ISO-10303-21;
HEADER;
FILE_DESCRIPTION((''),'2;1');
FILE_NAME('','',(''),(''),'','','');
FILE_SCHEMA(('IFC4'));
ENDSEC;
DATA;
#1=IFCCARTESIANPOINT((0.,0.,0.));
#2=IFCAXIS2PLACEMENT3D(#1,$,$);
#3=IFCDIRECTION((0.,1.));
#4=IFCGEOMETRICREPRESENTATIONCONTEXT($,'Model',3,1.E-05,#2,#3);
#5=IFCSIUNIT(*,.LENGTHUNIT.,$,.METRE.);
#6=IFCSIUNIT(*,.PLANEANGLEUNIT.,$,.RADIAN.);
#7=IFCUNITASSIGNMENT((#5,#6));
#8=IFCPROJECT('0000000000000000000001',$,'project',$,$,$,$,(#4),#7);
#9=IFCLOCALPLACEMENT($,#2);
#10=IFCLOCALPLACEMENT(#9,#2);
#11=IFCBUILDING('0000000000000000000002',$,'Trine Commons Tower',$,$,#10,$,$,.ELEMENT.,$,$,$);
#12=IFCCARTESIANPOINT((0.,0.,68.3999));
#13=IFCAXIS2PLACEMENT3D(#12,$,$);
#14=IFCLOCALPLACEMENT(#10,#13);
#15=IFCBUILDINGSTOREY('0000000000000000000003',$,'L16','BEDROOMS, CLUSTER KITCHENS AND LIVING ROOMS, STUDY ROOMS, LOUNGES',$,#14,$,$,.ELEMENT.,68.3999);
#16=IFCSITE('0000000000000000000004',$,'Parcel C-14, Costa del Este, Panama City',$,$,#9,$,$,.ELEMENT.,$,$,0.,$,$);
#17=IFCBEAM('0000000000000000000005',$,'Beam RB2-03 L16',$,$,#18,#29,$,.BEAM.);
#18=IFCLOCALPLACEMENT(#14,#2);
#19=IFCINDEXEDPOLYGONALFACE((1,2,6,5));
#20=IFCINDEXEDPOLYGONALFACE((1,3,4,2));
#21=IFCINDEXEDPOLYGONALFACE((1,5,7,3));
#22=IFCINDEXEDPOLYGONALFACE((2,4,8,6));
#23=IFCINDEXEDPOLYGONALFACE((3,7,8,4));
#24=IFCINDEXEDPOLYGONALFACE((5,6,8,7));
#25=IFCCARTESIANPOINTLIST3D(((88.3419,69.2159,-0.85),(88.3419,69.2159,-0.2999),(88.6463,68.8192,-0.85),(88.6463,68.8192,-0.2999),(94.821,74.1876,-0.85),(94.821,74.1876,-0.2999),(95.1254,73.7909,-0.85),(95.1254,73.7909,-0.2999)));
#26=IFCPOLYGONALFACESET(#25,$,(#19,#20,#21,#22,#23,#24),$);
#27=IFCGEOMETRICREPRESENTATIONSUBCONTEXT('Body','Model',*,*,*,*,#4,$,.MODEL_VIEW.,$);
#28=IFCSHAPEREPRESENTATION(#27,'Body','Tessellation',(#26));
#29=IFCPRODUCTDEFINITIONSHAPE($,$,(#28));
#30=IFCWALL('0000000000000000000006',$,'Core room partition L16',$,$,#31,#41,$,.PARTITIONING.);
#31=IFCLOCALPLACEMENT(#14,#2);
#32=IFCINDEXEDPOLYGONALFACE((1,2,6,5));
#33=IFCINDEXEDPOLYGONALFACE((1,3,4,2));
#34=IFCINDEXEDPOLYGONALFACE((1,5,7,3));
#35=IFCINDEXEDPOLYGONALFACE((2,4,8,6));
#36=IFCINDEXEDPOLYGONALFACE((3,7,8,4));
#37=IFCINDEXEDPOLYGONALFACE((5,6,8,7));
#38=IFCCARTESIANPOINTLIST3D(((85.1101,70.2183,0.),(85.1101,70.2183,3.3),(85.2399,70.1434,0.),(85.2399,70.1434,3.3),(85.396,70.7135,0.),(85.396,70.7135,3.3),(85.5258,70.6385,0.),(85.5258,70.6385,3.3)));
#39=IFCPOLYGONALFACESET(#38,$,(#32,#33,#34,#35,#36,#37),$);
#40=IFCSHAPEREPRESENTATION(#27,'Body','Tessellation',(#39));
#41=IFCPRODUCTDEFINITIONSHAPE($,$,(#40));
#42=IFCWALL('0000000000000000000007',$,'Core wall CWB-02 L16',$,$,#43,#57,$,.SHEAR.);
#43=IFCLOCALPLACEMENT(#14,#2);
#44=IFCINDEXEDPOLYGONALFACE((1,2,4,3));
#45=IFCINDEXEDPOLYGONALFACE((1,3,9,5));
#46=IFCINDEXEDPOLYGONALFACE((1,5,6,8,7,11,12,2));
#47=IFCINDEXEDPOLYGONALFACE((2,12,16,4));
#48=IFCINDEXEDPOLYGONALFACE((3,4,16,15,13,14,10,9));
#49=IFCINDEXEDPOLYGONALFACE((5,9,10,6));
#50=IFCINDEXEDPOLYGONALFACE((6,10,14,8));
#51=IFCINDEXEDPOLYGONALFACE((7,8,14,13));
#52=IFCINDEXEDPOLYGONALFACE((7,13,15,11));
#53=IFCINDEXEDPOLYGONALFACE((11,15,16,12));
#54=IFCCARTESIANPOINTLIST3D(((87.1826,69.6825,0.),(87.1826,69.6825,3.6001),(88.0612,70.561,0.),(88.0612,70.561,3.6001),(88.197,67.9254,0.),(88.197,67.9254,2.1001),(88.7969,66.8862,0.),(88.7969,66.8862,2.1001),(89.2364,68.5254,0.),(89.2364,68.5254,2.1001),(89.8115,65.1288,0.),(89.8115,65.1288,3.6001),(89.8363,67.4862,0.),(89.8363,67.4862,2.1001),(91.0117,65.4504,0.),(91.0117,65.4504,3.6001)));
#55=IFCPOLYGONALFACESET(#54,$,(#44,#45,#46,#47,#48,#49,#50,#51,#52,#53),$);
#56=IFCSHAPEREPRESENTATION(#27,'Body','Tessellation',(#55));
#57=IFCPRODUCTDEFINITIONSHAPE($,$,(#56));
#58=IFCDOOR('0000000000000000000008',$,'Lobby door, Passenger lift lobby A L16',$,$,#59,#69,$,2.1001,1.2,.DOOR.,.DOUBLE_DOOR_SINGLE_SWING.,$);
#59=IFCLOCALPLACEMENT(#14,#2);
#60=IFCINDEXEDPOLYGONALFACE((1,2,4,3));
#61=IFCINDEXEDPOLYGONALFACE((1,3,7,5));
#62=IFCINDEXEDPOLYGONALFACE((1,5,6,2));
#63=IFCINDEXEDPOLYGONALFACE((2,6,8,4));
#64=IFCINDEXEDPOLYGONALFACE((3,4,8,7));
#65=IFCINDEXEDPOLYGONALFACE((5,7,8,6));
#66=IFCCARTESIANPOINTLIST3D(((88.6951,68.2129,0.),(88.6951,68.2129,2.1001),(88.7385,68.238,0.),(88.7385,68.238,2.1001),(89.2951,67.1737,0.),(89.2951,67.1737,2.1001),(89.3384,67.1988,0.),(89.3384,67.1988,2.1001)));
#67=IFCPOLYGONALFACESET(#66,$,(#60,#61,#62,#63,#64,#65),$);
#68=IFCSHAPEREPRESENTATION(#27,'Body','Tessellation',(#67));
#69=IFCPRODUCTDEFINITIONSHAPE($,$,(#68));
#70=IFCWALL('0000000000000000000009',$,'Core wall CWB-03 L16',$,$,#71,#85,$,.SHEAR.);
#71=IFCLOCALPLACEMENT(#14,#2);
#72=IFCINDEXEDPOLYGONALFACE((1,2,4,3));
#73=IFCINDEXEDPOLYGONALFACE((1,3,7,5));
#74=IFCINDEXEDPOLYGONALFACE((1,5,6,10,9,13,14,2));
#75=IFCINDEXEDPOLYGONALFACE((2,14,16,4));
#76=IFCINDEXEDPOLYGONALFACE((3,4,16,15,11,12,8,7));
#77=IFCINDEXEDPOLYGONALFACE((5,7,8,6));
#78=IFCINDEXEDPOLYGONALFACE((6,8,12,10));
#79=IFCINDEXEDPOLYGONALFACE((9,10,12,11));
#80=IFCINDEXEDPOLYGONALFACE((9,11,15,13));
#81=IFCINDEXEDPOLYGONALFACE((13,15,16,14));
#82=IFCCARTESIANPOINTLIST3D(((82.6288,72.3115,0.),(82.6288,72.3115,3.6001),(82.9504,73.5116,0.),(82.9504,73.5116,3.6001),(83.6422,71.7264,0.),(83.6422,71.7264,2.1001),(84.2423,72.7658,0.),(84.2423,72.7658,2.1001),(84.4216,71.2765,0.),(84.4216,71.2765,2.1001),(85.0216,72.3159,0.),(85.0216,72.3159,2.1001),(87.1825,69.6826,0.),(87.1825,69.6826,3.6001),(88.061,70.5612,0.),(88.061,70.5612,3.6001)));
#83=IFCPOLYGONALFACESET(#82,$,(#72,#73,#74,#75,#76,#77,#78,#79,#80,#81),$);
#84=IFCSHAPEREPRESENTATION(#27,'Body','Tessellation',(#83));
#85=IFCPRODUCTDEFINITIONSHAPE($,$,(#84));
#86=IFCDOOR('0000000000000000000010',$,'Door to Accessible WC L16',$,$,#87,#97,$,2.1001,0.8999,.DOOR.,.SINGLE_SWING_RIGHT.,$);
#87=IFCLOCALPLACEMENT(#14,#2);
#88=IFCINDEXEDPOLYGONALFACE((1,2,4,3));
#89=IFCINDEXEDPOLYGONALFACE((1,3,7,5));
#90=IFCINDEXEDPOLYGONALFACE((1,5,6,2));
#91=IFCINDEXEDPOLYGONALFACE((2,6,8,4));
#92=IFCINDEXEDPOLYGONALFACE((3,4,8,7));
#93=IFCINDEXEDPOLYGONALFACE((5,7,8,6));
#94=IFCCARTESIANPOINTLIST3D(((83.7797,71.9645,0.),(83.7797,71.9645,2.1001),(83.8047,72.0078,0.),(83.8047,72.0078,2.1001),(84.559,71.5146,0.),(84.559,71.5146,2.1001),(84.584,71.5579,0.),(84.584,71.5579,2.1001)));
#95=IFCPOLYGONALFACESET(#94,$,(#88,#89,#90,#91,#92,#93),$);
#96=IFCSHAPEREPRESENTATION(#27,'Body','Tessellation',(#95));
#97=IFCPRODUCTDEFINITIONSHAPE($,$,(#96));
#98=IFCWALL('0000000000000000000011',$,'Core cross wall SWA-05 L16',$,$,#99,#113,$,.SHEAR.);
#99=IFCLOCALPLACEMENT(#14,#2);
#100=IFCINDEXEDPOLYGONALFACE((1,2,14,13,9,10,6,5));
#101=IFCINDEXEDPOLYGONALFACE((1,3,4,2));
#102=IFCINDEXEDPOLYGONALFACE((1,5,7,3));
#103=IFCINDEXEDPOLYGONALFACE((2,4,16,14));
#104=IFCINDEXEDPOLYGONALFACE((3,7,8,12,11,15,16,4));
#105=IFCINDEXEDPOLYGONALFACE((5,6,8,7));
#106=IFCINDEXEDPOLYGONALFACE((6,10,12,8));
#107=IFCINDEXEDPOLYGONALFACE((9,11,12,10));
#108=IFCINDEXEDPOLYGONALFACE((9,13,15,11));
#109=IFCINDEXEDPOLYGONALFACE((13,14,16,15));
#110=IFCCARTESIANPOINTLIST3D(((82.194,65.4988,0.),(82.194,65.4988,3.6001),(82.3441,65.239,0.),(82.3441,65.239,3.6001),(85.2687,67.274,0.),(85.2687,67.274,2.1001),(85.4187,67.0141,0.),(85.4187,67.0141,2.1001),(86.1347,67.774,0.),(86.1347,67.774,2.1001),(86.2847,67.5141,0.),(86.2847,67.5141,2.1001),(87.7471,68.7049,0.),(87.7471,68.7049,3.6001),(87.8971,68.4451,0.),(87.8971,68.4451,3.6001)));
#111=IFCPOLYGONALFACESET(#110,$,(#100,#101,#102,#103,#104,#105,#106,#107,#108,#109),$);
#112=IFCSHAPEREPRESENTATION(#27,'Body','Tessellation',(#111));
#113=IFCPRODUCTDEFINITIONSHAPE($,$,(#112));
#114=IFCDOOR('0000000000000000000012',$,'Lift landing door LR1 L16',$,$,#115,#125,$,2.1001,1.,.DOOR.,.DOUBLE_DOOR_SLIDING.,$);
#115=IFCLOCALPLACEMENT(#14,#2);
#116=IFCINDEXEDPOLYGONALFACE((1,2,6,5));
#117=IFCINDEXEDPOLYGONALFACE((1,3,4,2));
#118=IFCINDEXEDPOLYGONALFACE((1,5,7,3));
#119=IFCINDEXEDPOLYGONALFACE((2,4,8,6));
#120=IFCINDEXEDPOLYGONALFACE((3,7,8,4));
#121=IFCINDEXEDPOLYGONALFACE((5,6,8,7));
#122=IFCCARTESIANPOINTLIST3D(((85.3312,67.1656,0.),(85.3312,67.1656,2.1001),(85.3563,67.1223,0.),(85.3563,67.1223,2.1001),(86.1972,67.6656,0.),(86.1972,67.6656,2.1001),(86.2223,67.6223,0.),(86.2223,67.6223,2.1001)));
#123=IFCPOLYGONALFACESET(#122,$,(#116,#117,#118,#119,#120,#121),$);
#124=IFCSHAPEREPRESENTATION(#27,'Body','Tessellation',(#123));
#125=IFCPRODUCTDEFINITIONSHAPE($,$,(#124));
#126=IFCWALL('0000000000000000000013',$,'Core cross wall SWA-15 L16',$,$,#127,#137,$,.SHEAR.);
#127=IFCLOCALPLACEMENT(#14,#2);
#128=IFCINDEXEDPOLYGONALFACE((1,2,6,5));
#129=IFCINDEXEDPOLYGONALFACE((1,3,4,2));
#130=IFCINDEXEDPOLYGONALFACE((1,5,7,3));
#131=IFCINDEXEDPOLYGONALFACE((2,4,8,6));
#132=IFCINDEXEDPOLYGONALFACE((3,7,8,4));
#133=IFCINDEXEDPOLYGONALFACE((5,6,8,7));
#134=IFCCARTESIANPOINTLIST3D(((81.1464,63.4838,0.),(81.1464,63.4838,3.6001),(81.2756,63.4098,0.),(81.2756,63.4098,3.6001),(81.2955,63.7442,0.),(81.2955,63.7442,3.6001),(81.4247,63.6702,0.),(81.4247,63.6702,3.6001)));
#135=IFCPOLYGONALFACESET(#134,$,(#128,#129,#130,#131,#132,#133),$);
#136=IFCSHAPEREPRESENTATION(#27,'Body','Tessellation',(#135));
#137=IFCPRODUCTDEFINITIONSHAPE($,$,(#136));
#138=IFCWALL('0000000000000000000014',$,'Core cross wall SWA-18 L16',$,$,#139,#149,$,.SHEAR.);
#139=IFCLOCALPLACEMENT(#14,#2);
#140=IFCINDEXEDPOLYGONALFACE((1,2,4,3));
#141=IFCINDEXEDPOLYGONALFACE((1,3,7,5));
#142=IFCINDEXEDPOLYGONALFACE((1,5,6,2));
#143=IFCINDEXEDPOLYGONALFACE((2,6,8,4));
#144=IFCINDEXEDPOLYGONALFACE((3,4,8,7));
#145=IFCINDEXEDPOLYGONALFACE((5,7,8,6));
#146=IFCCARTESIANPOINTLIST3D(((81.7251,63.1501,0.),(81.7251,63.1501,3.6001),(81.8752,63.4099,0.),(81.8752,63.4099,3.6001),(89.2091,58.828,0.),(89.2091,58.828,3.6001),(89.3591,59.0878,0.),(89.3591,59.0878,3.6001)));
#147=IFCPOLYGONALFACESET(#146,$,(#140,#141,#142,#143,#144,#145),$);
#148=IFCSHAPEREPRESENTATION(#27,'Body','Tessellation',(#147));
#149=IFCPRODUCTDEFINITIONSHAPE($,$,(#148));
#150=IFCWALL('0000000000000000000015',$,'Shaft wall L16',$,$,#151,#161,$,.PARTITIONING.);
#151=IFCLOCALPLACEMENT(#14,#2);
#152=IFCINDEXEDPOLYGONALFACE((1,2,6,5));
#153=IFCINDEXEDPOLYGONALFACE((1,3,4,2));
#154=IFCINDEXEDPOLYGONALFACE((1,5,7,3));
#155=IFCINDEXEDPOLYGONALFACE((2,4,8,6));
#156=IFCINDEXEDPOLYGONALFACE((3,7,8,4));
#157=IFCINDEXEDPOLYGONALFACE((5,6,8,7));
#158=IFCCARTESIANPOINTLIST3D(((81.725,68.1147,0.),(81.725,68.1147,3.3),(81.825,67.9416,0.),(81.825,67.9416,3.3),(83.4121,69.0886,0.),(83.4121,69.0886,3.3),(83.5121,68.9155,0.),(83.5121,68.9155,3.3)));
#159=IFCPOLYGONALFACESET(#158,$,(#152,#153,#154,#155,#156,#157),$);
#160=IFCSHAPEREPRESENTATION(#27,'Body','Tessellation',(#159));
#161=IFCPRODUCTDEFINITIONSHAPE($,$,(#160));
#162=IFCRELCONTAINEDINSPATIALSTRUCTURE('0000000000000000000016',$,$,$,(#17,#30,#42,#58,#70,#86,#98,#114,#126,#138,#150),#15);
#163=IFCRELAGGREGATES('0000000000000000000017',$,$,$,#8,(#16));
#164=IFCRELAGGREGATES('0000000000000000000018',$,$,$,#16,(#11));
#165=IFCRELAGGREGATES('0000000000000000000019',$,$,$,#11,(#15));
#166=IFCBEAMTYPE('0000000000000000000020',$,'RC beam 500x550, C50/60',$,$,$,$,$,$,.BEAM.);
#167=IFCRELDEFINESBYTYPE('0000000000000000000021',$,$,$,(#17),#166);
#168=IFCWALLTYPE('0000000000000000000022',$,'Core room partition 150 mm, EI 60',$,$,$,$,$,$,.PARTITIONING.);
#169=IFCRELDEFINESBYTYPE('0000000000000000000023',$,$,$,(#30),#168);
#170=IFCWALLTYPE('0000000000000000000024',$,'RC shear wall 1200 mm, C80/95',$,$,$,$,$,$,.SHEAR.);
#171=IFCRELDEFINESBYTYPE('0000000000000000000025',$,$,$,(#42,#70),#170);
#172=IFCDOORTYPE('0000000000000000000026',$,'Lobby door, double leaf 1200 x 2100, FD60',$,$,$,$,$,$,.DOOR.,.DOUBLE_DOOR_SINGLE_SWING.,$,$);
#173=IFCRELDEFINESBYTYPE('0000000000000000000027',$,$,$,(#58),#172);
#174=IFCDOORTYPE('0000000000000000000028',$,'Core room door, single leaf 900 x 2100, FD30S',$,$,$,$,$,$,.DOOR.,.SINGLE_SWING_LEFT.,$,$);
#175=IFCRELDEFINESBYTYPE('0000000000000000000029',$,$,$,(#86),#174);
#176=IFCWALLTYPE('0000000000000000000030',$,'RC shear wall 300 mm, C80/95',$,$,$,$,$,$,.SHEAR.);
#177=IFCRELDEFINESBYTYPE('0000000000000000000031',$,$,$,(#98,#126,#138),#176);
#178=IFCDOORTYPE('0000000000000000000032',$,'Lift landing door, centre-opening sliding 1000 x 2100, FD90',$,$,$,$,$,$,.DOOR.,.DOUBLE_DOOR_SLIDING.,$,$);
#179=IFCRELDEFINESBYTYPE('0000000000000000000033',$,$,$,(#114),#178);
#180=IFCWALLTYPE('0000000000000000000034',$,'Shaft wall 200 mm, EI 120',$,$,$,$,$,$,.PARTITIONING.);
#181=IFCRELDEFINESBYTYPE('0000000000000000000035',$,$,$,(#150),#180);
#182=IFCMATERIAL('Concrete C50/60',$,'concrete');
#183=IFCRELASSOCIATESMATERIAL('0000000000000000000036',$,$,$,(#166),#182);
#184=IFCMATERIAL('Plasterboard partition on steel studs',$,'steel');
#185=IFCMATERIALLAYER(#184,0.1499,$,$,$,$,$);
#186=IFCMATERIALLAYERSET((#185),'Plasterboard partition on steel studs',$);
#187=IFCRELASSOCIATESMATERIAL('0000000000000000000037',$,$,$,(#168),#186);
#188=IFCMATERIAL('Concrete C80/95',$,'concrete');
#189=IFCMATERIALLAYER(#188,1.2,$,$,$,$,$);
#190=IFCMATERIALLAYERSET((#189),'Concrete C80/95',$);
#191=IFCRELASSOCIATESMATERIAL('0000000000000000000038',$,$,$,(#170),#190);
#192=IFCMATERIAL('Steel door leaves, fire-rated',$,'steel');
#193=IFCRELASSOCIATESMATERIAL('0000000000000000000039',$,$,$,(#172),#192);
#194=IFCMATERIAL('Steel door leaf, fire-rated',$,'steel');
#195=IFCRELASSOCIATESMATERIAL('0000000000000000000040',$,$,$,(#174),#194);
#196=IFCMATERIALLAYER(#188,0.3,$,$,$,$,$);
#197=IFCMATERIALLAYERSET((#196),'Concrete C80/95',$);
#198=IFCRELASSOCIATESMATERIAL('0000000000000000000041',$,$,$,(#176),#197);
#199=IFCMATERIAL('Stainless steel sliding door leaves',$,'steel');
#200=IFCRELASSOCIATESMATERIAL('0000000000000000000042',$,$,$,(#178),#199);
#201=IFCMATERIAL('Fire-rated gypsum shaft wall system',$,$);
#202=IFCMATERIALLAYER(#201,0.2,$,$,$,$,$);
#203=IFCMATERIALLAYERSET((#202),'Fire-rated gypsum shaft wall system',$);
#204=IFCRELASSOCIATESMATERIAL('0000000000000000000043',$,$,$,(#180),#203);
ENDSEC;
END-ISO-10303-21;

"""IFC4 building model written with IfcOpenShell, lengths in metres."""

from ifc_helpers import new_model, si_unit, direction, frame, frame_2d, origin, origin_2d, place, context, subcontext, project, spatial, polyline, rectangle, outline, extrude, material, layer, layer_set, material_profile, profile_set, type_object, element, fill, save


model = new_model("IFC4")

# Units and contexts
model_context = context("Model", 3, precision=1e-05, world=origin(), true_north=direction((0.0, 1.0)))
body_context = subcontext(model_context, "Body", "Model", "MODEL_VIEW")
ifc_project = project(units=[si_unit("LENGTHUNIT", "METRE"), si_unit("PLANEANGLEUNIT", "RADIAN")], contexts=[model_context])

# Site, building, storey
site_placement = place(None, origin())
site = spatial("IfcSite", under=ifc_project, at=site_placement, Name="Parcel C-14, Costa del Este, Panama City", CompositionType="ELEMENT", RefElevation=0.0)
building_placement = place(site_placement, origin())
building = spatial("IfcBuilding", under=site, at=building_placement, Name="Trine Commons Tower", CompositionType="ELEMENT")
storey_placement = place(building_placement, frame((0.0, 0.0, 68.3999)))
storey = spatial("IfcBuildingStorey", under=building, at=storey_placement, Name="L16", Description="BEDROOMS, CLUSTER KITCHENS AND LIVING ROOMS, STUDY ROOMS, LOUNGES", CompositionType="ELEMENT", Elevation=68.3999)

# Beam
ifc_material_1 = material(Name="Concrete C50/60", Category="concrete")
ifc_material_profile = material_profile(ifc_material_1, rectangle(XDim=0.5, YDim=0.55, at=origin_2d()), Name="RC 500x550")
ifc_profile_set = profile_set([ifc_material_profile], Name="Concrete C50/60")
beam_type = type_object("IfcBeamType", Name="RC beam 500x550, C50/60", PredefinedType="BEAM", material=ifc_profile_set)
beam_placement = place(storey_placement, frame((88.4941, 69.0176, -0.575), z_axis=(0.793344, 0.608774, 0.0), x_axis=(-0.608774, 0.793344, 0.0)))
element("IfcBeam", 1, at=beam_placement, inside=storey, type_object=beam_type, Name="Beam RB2-03 L16", PredefinedType="BEAM", context=body_context, shape_type="SweptSolid", body=[
    extrude(rectangle(XDim=0.5, YDim=0.55, at=origin_2d()), origin(), (0.0, 0.0, 1.0), 8.1667),
])

# Wall
ifc_material_2 = material(Name="Plasterboard partition on steel studs", Category="steel")
ifc_layer_1 = layer(ifc_material_2, 0.1499)
ifc_layer_set_1 = layer_set([ifc_layer_1], Name="Plasterboard partition on steel studs")
wall_type_1 = type_object("IfcWallType", Name="Core room partition 150 mm, EI 60", PredefinedType="PARTITIONING", material=ifc_layer_set_1)
wall_1_placement = place(storey_placement, frame((85.4609, 70.676, 0.0), z_axis=(0.0, 0.0, 1.0), x_axis=(-0.500043, -0.866001, 0.0)))
element("IfcWall", 2, at=wall_1_placement, inside=storey, type_object=wall_type_1, Name="Core room partition L16", PredefinedType="PARTITIONING", context=body_context, shape_type="SweptSolid", body=[
    extrude(rectangle(XDim=0.5718, YDim=0.1499, at=frame_2d((0.2859, 0.0))), origin(), (0.0, 0.0, 1.0), 3.3),
])

# Walls, openings, doors
ifc_material_3 = material(Name="Concrete C80/95", Category="concrete")
ifc_layer_2 = layer(ifc_material_3, 1.2)
ifc_layer_set_2 = layer_set([ifc_layer_2], Name="Concrete C80/95")
wall_type_2 = type_object("IfcWallType", Name="RC shear wall 1200 mm, C80/95", PredefinedType="SHEAR", material=ifc_layer_set_2)
wall_2_placement = place(storey_placement, frame((90.4919, 65.1504, 0.0), z_axis=(0.0, 0.0, 1.0), x_axis=(-0.499979, 0.866037, 0.0)))
wall_2 = element("IfcWall", 3, at=wall_2_placement, inside=storey, type_object=wall_type_2, Name="Core wall CWB-02 L16", PredefinedType="SHEAR", context=body_context, shape_type="SweptSolid", body=[
    extrude(outline(polyline([(0.0, -0.6001), (5.9011, -0.6001), (5.5796, 0.6001), (0.3215, 0.6001), (0.0, -0.6001)])), origin(), (0.0, 0.0, 1.0), 3.6001),
])
opening_1_placement = place(wall_2_placement, frame((2.3506, 0.0, 0.0)))
opening_1 = element("IfcOpeningElement", 4, at=opening_1_placement, cuts=wall_2, PredefinedType="OPENING", context=body_context, shape_type="SweptSolid", body=[
    extrude(rectangle(XDim=1.2, YDim=2.1001, at=frame_2d((0.6001, 1.05))), frame((0.0, 0.6099, 0.0), z_axis=(0.0, -1.0, 0.0), x_axis=(1.0, 0.0, 0.0)), (0.0, 0.0, 1.0), 1.22),
])
ifc_material_4 = material(Name="Steel door leaves, fire-rated", Category="steel")
door_type_1 = type_object("IfcDoorType", Name="Lobby door, double leaf 1200 x 2100, FD60", OperationType="DOUBLE_DOOR_SINGLE_SWING", PredefinedType="DOOR", material=ifc_material_4)
door_1_placement = place(opening_1_placement, origin())
door_1 = element("IfcDoor", 5, at=door_1_placement, inside=storey, type_object=door_type_1, Name="Lobby door, Passenger lift lobby A L16", OperationType="DOUBLE_DOOR_SINGLE_SWING", OverallHeight=2.1001, OverallWidth=1.2, PredefinedType="DOOR", context=body_context, shape_type="SweptSolid", body=[
    extrude(rectangle(XDim=1.2, YDim=2.1001, at=frame_2d((0.6001, 1.05))), frame((0.0, 0.0249, 0.0), z_axis=(0.0, -1.0, 0.0), x_axis=(1.0, 0.0, 0.0)), (0.0, 0.0, 1.0), 0.05),
])
fill(opening_1, door_1)
wall_3_placement = place(storey_placement, frame((87.761, 70.0415, 0.0), z_axis=(0.0, 0.0, 1.0), x_axis=(-0.866037, 0.499979, 0.0)))
wall_3 = element("IfcWall", 6, at=wall_3_placement, inside=storey, type_object=wall_type_2, Name="Core wall CWB-03 L16", PredefinedType="SHEAR", context=body_context, shape_type="SweptSolid", body=[
    extrude(outline(polyline([(0.0, -0.6001), (5.9011, -0.6001), (5.5796, 0.6001), (0.3215, 0.6001), (0.0, -0.6001)])), origin(), (0.0, 0.0, 1.0), 3.6001),
])
opening_2_placement = place(wall_3_placement, frame((3.5095, 0.0, 0.0)))
opening_2 = element("IfcOpeningElement", 7, at=opening_2_placement, cuts=wall_3, PredefinedType="OPENING", context=body_context, shape_type="SweptSolid", body=[
    extrude(rectangle(XDim=0.8999, YDim=2.1001, at=frame_2d((0.45, 1.05))), frame((0.0, 0.6099, 0.0), z_axis=(0.0, -1.0, 0.0), x_axis=(1.0, 0.0, 0.0)), (0.0, 0.0, 1.0), 1.22),
])
ifc_material_5 = material(Name="Steel door leaf, fire-rated", Category="steel")
door_type_2 = type_object("IfcDoorType", Name="Core room door, single leaf 900 x 2100, FD30S", OperationType="SINGLE_SWING_LEFT", PredefinedType="DOOR", material=ifc_material_5)
door_2_placement = place(opening_2_placement, origin())
door_2 = element("IfcDoor", 8, at=door_2_placement, inside=storey, type_object=door_type_2, Name="Door to Accessible WC L16", OperationType="SINGLE_SWING_RIGHT", OverallHeight=2.1001, OverallWidth=0.8999, PredefinedType="DOOR", context=body_context, shape_type="SweptSolid", body=[
    extrude(rectangle(XDim=0.8999, YDim=2.1001, at=frame_2d((0.45, 1.05))), frame((0.0, 0.3252, 0.0), z_axis=(0.0, -1.0, 0.0), x_axis=(1.0, 0.0, 0.0)), (0.0, 0.0, 1.0), 0.05),
])
fill(opening_2, door_2)
ifc_layer_3 = layer(ifc_material_3, 0.3)
ifc_layer_set_3 = layer_set([ifc_layer_3], Name="Concrete C80/95")
wall_type_3 = type_object("IfcWallType", Name="RC shear wall 300 mm, C80/95", PredefinedType="SHEAR", material=ifc_layer_set_3)
wall_4_placement = place(storey_placement, frame((82.269, 65.3689, 0.0), z_axis=(0.0, 0.0, 1.0), x_axis=(0.866023, 0.500005, 0.0)))
wall_4 = element("IfcWall", 9, at=wall_4_placement, inside=storey, type_object=wall_type_3, Name="Core cross wall SWA-05 L16", PredefinedType="SHEAR", context=body_context, shape_type="SweptSolid", body=[
    extrude(rectangle(XDim=6.4121, YDim=0.3, at=frame_2d((3.2061, 0.0))), origin(), (0.0, 0.0, 1.0), 3.6001),
])
opening_3_placement = place(wall_4_placement, frame((3.5503, 0.0, 0.0)))
opening_3 = element("IfcOpeningElement", 10, at=opening_3_placement, cuts=wall_4, PredefinedType="OPENING", context=body_context, shape_type="SweptSolid", body=[
    extrude(rectangle(XDim=1.0, YDim=2.1001, at=frame_2d((0.5, 1.05))), frame((0.0, 0.1599, 0.0), z_axis=(0.0, -1.0, 0.0), x_axis=(1.0, 0.0, 0.0)), (0.0, 0.0, 1.0), 0.3201),
])
ifc_material_6 = material(Name="Stainless steel sliding door leaves", Category="steel")
door_type_3 = type_object("IfcDoorType", Name="Lift landing door, centre-opening sliding 1000 x 2100, FD90", OperationType="DOUBLE_DOOR_SLIDING", PredefinedType="DOOR", material=ifc_material_6)
door_3_placement = place(opening_3_placement, origin())
door_3 = element("IfcDoor", 11, at=door_3_placement, inside=storey, type_object=door_type_3, Name="Lift landing door LR1 L16", OperationType="DOUBLE_DOOR_SLIDING", OverallHeight=2.1001, OverallWidth=1.0, PredefinedType="DOOR", context=body_context, shape_type="SweptSolid", body=[
    extrude(rectangle(XDim=1.0, YDim=2.1001, at=frame_2d((0.5, 1.05))), frame((0.0, 0.0249, 0.0), z_axis=(0.0, -1.0, 0.0), x_axis=(1.0, 0.0, 0.0)), (0.0, 0.0, 1.0), 0.05),
])
fill(opening_3, door_3)

# Walls
wall_5_placement = place(storey_placement, frame((81.2209, 63.614, 0.0), z_axis=(0.0, 0.0, 1.0), x_axis=(0.867738, -0.497022, 0.0)))
element("IfcWall", 12, at=wall_5_placement, inside=storey, type_object=wall_type_3, Name="Core cross wall SWA-15 L16", PredefinedType="SHEAR", context=body_context, shape_type="SweptSolid", body=[
    extrude(rectangle(XDim=0.1489, YDim=0.3, at=frame_2d((0.0745, 0.0))), origin(), (0.0, 0.0, 1.0), 3.6001),
])
wall_6_placement = place(storey_placement, frame((81.8, 63.28, 0.0), z_axis=(0.0, 0.0, 1.0), x_axis=(0.865965, -0.500104, 0.0)))
element("IfcWall", 13, at=wall_6_placement, inside=storey, type_object=wall_type_3, Name="Core cross wall SWA-18 L16", PredefinedType="SHEAR", context=body_context, shape_type="SweptSolid", body=[
    extrude(rectangle(XDim=8.6423, YDim=0.3, at=frame_2d((4.3213, 0.0))), origin(), (0.0, 0.0, 1.0), 3.6001),
])
ifc_material_7 = material(Name="Fire-rated gypsum shaft wall system")
ifc_layer_4 = layer(ifc_material_7, 0.2)
ifc_layer_set_4 = layer_set([ifc_layer_4], Name="Fire-rated gypsum shaft wall system")
wall_type_4 = type_object("IfcWallType", Name="Shaft wall 200 mm, EI 120", PredefinedType="PARTITIONING", material=ifc_layer_set_4)
wall_7_placement = place(storey_placement, frame((81.7749, 68.0281, 0.0), z_axis=(0.0, 0.0, 1.0), x_axis=(0.866052, 0.499954, 0.0)))
element("IfcWall", 14, at=wall_7_placement, inside=storey, type_object=wall_type_4, Name="Shaft wall L16", PredefinedType="PARTITIONING", context=body_context, shape_type="SweptSolid", body=[
    extrude(rectangle(XDim=1.948, YDim=0.2, at=frame_2d((0.9741, 0.0))), origin(), (0.0, 0.0, 1.0), 3.3),
])

save(model, "model.ifc")
